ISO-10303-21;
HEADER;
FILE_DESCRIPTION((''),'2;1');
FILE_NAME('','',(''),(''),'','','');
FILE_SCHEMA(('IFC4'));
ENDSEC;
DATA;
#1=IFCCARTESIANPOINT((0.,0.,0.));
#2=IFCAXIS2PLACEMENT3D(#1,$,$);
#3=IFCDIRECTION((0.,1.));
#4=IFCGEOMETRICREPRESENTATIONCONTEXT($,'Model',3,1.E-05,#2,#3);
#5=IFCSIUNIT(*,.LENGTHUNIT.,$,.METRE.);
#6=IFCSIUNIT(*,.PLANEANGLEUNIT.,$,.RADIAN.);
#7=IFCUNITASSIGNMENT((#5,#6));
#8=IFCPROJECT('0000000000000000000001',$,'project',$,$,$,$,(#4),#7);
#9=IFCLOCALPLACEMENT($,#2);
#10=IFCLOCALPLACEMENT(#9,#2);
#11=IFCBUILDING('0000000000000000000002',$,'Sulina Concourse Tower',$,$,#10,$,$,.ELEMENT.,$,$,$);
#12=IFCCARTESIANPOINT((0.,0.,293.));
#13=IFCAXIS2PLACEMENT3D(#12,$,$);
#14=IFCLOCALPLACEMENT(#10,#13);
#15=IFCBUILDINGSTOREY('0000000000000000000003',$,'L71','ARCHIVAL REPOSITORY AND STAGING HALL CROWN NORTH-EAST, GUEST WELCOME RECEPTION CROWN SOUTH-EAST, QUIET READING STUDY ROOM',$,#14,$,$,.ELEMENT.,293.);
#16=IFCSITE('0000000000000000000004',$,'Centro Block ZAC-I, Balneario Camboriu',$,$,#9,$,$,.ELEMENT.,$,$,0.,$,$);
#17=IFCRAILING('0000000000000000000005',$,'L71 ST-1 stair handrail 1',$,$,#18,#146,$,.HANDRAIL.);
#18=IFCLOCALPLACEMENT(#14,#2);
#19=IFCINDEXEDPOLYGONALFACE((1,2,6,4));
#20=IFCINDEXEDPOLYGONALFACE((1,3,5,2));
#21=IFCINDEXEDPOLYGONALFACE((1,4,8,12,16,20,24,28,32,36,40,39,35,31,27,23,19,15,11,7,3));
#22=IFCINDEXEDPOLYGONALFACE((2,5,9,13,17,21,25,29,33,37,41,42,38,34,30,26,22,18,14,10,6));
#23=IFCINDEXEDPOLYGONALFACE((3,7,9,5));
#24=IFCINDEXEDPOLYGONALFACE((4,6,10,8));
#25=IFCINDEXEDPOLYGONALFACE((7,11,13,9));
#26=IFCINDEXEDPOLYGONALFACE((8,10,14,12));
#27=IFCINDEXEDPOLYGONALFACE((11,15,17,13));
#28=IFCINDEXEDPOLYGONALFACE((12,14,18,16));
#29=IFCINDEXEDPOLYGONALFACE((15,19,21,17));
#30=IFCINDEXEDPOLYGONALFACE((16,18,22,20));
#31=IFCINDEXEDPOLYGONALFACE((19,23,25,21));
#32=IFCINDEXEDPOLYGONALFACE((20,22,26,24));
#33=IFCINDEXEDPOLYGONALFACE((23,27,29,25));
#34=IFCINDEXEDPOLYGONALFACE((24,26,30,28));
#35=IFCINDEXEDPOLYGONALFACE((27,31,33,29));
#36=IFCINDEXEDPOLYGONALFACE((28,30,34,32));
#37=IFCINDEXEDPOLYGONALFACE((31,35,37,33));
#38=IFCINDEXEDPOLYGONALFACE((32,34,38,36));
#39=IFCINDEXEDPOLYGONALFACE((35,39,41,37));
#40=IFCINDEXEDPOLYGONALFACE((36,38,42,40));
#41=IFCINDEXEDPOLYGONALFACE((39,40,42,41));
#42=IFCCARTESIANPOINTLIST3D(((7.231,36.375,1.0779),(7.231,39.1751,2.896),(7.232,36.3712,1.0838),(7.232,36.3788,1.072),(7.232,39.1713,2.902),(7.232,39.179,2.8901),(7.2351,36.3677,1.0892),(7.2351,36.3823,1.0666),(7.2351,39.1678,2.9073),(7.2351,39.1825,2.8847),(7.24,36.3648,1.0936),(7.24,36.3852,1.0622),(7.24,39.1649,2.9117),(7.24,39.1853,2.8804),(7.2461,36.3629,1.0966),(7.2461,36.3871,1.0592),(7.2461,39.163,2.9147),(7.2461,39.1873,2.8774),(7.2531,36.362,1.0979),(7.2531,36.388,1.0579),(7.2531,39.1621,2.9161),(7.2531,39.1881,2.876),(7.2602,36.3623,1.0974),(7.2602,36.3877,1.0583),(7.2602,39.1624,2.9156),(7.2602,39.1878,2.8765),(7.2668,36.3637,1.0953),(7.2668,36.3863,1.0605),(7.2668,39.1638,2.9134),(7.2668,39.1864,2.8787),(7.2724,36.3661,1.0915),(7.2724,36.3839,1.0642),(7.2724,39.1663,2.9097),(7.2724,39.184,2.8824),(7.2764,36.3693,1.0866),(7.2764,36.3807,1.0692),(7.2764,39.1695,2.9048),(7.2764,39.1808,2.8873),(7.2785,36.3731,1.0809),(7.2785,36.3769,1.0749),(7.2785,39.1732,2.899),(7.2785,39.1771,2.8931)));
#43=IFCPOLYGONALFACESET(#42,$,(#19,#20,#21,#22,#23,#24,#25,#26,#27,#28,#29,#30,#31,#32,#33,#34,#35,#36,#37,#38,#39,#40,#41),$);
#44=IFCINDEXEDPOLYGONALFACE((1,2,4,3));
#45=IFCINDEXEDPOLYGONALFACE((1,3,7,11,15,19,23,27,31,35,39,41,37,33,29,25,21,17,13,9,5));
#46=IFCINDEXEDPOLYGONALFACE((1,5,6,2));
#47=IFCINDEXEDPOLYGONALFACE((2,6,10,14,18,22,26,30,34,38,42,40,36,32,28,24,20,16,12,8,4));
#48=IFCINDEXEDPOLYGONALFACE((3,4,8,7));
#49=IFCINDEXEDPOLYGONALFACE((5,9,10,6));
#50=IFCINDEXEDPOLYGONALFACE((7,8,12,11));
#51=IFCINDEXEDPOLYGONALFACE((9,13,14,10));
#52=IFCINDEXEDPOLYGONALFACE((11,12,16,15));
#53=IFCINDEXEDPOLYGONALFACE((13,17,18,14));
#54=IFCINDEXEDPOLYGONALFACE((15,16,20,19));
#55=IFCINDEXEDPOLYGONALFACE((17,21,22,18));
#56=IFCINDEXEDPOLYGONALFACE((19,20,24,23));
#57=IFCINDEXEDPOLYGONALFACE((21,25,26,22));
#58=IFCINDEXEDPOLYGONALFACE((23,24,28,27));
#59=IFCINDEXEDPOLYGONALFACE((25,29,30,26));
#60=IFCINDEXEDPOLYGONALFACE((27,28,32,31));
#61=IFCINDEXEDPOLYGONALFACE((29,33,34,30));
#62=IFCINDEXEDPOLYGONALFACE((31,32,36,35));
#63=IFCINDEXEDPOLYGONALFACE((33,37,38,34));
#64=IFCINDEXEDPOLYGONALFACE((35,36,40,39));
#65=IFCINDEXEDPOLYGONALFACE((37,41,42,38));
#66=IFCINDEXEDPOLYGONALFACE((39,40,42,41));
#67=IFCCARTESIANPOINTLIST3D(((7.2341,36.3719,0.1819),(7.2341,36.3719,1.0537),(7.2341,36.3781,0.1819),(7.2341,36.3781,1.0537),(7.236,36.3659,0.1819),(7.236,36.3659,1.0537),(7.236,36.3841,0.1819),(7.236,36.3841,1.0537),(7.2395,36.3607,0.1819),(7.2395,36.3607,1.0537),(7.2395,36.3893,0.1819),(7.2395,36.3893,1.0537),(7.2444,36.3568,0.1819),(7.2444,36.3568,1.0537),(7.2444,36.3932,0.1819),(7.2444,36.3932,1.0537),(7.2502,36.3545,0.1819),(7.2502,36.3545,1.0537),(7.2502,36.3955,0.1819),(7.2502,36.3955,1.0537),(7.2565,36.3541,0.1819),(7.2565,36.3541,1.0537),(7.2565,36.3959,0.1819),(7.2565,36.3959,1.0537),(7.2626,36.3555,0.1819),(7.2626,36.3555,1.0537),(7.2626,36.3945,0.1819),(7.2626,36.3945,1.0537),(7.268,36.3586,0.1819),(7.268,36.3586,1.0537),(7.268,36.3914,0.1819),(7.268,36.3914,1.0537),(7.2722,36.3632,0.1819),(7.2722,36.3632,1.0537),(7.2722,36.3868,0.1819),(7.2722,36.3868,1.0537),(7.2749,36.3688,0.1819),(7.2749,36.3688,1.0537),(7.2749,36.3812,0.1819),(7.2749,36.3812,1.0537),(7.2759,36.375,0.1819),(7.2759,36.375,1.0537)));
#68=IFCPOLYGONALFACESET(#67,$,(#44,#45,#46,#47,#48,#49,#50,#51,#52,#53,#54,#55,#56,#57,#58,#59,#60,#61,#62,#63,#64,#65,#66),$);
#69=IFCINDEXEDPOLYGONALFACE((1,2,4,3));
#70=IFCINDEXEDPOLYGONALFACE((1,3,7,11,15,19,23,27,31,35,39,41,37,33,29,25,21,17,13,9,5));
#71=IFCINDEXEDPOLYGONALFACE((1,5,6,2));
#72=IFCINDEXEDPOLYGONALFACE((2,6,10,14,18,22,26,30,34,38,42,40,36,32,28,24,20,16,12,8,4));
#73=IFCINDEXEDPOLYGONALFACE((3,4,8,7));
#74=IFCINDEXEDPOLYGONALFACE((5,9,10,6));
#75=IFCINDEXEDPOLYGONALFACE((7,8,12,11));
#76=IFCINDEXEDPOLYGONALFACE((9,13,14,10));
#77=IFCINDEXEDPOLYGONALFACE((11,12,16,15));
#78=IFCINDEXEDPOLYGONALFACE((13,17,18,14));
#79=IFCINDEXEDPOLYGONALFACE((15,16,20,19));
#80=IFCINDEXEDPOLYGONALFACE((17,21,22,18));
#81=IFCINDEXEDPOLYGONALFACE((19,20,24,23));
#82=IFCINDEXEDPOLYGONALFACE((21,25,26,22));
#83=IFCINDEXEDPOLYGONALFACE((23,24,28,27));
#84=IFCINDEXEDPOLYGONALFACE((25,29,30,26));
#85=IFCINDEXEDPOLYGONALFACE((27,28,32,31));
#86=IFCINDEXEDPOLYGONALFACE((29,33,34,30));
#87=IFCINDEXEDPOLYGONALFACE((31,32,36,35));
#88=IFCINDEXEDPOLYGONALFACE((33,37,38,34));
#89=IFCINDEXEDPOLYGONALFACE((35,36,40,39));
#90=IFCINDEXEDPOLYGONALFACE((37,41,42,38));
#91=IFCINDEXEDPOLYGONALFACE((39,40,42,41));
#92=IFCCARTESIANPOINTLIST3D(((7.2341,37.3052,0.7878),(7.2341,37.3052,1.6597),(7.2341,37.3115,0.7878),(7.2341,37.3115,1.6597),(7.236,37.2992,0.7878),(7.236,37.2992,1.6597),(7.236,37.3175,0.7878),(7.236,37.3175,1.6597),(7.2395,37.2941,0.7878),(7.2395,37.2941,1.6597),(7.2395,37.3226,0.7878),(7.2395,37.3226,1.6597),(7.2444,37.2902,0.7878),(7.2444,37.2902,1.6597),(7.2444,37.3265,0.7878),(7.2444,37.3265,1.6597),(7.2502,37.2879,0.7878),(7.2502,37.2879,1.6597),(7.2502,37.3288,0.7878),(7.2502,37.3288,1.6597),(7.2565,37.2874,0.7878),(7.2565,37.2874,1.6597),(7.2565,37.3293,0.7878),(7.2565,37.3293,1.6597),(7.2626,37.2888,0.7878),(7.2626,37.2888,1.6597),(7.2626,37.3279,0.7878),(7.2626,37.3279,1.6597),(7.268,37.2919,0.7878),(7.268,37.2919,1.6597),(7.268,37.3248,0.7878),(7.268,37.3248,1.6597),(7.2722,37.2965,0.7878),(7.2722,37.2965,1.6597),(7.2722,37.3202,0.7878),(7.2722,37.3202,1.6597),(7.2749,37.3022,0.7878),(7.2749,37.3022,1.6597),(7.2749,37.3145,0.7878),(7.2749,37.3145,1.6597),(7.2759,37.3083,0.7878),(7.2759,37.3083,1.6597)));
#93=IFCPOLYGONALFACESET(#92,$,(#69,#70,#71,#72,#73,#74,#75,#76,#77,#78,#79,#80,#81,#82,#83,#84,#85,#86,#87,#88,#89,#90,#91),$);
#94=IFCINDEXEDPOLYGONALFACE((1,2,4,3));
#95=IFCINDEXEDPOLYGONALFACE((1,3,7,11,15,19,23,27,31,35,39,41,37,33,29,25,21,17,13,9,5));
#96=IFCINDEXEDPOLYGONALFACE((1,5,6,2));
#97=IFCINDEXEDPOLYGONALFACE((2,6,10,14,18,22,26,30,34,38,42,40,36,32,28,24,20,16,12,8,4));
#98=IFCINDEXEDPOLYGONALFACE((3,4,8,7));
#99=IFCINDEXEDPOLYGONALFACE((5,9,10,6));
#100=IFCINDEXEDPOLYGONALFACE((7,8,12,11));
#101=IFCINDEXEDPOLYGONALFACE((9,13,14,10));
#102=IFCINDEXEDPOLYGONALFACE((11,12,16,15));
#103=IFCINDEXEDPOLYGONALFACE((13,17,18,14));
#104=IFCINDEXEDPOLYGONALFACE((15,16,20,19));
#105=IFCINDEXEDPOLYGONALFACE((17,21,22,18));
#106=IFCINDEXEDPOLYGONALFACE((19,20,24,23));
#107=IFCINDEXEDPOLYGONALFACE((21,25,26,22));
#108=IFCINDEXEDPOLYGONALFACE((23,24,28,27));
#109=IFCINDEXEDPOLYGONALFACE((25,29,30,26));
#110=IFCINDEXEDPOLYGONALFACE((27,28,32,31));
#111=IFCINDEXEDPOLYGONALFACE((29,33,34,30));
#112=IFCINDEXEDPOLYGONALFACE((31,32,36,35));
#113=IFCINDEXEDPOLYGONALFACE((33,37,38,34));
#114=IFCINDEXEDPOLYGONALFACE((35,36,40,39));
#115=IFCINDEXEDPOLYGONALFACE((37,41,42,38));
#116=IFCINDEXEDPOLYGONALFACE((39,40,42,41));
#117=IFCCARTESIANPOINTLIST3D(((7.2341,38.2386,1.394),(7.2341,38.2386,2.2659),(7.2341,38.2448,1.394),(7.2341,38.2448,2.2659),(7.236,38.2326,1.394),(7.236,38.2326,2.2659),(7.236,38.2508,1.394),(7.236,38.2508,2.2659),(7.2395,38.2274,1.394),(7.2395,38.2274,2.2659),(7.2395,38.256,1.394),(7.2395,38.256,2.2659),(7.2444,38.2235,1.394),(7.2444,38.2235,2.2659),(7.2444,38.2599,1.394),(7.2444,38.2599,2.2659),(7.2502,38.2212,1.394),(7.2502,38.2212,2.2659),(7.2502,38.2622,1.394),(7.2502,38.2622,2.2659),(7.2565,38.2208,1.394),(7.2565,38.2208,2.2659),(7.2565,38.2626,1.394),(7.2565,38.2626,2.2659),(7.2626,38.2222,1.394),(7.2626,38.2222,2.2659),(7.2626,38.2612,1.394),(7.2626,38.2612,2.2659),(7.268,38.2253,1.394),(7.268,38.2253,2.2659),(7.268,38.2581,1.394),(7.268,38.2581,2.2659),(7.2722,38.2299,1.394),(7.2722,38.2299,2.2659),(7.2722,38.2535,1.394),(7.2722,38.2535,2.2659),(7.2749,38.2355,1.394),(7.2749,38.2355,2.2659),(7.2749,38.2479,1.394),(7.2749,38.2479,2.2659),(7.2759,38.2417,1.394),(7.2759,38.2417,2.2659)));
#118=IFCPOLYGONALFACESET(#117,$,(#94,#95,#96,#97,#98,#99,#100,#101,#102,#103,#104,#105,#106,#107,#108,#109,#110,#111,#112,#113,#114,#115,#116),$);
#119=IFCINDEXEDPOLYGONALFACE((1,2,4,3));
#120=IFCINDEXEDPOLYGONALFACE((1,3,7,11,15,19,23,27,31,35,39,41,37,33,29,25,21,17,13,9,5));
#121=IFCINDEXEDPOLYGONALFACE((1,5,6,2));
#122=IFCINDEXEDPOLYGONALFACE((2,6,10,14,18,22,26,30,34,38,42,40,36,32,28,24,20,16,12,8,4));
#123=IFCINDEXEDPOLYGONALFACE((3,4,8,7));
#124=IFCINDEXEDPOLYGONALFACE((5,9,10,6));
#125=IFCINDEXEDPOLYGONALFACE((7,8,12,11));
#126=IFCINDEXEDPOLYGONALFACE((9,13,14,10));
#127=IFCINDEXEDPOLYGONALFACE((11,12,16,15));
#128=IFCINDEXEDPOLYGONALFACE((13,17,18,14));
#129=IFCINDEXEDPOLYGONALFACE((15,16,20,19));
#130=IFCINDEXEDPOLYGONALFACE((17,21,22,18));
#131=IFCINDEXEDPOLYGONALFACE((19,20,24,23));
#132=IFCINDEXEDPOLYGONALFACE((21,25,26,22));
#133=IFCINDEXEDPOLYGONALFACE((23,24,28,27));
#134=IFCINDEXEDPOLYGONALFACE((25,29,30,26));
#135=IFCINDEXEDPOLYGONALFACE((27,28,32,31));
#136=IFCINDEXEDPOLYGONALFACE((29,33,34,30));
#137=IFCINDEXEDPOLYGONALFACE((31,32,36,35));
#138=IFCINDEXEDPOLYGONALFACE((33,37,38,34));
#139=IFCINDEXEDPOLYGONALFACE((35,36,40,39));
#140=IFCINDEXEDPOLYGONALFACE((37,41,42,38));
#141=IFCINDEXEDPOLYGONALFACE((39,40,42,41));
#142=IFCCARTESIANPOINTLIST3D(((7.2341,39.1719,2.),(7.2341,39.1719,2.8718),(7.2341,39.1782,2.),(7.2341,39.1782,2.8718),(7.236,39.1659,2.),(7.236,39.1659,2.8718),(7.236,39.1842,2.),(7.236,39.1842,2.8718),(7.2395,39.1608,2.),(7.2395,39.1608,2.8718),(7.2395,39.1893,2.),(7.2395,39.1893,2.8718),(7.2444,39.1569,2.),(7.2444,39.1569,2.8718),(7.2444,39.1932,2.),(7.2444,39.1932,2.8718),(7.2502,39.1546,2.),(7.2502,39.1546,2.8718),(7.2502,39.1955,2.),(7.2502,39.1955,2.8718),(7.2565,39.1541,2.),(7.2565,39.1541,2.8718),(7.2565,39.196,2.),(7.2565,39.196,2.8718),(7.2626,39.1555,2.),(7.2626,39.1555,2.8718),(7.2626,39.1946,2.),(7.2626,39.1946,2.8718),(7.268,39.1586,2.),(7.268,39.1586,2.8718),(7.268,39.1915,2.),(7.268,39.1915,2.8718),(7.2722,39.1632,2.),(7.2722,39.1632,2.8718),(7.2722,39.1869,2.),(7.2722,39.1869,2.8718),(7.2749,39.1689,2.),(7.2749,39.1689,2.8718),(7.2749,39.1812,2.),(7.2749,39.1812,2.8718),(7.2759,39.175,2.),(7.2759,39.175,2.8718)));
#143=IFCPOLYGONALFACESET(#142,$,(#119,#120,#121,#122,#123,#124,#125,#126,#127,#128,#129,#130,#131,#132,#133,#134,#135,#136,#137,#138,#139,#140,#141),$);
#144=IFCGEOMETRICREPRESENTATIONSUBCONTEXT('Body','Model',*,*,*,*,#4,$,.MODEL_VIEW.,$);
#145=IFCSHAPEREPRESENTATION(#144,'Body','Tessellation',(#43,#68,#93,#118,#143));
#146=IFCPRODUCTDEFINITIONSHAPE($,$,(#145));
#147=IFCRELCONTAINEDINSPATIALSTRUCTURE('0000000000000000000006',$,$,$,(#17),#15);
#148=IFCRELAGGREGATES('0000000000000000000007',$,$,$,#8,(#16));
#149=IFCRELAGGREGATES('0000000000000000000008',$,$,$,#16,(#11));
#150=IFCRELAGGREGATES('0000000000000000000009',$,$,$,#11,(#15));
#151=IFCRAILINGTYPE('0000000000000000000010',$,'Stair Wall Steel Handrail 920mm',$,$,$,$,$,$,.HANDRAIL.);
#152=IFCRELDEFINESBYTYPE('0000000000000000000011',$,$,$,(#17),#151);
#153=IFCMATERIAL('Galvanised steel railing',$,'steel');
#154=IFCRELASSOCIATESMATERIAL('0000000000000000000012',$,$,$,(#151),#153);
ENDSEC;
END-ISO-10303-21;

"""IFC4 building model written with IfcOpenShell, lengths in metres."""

from ifc_helpers import new_model, si_unit, direction, frame, origin, origin_2d, place, context, subcontext, project, spatial, circle, extrude, material, type_object, element, save


model = new_model("IFC4")

# Units and contexts
model_context = context("Model", 3, precision=1e-05, world=origin(), true_north=direction((0.0, 1.0)))
body_context = subcontext(model_context, "Body", "Model", "MODEL_VIEW")
ifc_project = project(units=[si_unit("LENGTHUNIT", "METRE"), si_unit("PLANEANGLEUNIT", "RADIAN")], contexts=[model_context])

# Site, building, storey
site_placement = place(None, origin())
site = spatial("IfcSite", under=ifc_project, at=site_placement, Name="Centro Block ZAC-I, Balneario Camboriu", CompositionType="ELEMENT", RefElevation=0.0)
building_placement = place(site_placement, origin())
building = spatial("IfcBuilding", under=site, at=building_placement, Name="Sulina Concourse Tower", CompositionType="ELEMENT")
storey_placement = place(building_placement, frame((0.0, 0.0, 293.0)))
storey = spatial("IfcBuildingStorey", under=building, at=storey_placement, Name="L71", Description="ARCHIVAL REPOSITORY AND STAGING HALL CROWN NORTH-EAST, GUEST WELCOME RECEPTION CROWN SOUTH-EAST, QUIET READING STUDY ROOM", CompositionType="ELEMENT", Elevation=293.0)

# Railing
ifc_material_1 = material(Name="Galvanised steel railing", Category="steel")
railing_type_1 = type_object("IfcRailingType", Name="Stair Wall Steel Handrail 920mm", PredefinedType="HANDRAIL", material=ifc_material_1)
railing_1_placement = place(storey_placement, frame((7.2549, 36.375, 0.1819)))
element("IfcRailing", 1, at=railing_1_placement, inside=storey, type_object=railing_type_1, Name="L71 ST-1 stair handrail 1", PredefinedType="HANDRAIL", context=body_context, shape_type="SweptSolid", body=[
    extrude(circle(Radius=0.0239, at=origin_2d()), frame((0.0, 0.0, 0.896), z_axis=(0.0, 0.838706, 0.544585), x_axis=(-1.0, 0.0, 0.0)), (0.0, 0.0, 1.0), 3.3386),
    extrude(circle(Radius=0.021, at=origin_2d()), origin(), (0.0, 0.0, 1.0), 0.8718),
    extrude(circle(Radius=0.021, at=origin_2d()), frame((0.0, 0.9333, 0.606)), (0.0, 0.0, 1.0), 0.8718),
    extrude(circle(Radius=0.021, at=origin_2d()), frame((0.0, 1.8667, 1.2122)), (0.0, 0.0, 1.0), 0.8718),
    extrude(circle(Radius=0.021, at=origin_2d()), frame((0.0, 2.8, 1.8181)), (0.0, 0.0, 1.0), 0.8718),
])

save(model, "model.ifc")
